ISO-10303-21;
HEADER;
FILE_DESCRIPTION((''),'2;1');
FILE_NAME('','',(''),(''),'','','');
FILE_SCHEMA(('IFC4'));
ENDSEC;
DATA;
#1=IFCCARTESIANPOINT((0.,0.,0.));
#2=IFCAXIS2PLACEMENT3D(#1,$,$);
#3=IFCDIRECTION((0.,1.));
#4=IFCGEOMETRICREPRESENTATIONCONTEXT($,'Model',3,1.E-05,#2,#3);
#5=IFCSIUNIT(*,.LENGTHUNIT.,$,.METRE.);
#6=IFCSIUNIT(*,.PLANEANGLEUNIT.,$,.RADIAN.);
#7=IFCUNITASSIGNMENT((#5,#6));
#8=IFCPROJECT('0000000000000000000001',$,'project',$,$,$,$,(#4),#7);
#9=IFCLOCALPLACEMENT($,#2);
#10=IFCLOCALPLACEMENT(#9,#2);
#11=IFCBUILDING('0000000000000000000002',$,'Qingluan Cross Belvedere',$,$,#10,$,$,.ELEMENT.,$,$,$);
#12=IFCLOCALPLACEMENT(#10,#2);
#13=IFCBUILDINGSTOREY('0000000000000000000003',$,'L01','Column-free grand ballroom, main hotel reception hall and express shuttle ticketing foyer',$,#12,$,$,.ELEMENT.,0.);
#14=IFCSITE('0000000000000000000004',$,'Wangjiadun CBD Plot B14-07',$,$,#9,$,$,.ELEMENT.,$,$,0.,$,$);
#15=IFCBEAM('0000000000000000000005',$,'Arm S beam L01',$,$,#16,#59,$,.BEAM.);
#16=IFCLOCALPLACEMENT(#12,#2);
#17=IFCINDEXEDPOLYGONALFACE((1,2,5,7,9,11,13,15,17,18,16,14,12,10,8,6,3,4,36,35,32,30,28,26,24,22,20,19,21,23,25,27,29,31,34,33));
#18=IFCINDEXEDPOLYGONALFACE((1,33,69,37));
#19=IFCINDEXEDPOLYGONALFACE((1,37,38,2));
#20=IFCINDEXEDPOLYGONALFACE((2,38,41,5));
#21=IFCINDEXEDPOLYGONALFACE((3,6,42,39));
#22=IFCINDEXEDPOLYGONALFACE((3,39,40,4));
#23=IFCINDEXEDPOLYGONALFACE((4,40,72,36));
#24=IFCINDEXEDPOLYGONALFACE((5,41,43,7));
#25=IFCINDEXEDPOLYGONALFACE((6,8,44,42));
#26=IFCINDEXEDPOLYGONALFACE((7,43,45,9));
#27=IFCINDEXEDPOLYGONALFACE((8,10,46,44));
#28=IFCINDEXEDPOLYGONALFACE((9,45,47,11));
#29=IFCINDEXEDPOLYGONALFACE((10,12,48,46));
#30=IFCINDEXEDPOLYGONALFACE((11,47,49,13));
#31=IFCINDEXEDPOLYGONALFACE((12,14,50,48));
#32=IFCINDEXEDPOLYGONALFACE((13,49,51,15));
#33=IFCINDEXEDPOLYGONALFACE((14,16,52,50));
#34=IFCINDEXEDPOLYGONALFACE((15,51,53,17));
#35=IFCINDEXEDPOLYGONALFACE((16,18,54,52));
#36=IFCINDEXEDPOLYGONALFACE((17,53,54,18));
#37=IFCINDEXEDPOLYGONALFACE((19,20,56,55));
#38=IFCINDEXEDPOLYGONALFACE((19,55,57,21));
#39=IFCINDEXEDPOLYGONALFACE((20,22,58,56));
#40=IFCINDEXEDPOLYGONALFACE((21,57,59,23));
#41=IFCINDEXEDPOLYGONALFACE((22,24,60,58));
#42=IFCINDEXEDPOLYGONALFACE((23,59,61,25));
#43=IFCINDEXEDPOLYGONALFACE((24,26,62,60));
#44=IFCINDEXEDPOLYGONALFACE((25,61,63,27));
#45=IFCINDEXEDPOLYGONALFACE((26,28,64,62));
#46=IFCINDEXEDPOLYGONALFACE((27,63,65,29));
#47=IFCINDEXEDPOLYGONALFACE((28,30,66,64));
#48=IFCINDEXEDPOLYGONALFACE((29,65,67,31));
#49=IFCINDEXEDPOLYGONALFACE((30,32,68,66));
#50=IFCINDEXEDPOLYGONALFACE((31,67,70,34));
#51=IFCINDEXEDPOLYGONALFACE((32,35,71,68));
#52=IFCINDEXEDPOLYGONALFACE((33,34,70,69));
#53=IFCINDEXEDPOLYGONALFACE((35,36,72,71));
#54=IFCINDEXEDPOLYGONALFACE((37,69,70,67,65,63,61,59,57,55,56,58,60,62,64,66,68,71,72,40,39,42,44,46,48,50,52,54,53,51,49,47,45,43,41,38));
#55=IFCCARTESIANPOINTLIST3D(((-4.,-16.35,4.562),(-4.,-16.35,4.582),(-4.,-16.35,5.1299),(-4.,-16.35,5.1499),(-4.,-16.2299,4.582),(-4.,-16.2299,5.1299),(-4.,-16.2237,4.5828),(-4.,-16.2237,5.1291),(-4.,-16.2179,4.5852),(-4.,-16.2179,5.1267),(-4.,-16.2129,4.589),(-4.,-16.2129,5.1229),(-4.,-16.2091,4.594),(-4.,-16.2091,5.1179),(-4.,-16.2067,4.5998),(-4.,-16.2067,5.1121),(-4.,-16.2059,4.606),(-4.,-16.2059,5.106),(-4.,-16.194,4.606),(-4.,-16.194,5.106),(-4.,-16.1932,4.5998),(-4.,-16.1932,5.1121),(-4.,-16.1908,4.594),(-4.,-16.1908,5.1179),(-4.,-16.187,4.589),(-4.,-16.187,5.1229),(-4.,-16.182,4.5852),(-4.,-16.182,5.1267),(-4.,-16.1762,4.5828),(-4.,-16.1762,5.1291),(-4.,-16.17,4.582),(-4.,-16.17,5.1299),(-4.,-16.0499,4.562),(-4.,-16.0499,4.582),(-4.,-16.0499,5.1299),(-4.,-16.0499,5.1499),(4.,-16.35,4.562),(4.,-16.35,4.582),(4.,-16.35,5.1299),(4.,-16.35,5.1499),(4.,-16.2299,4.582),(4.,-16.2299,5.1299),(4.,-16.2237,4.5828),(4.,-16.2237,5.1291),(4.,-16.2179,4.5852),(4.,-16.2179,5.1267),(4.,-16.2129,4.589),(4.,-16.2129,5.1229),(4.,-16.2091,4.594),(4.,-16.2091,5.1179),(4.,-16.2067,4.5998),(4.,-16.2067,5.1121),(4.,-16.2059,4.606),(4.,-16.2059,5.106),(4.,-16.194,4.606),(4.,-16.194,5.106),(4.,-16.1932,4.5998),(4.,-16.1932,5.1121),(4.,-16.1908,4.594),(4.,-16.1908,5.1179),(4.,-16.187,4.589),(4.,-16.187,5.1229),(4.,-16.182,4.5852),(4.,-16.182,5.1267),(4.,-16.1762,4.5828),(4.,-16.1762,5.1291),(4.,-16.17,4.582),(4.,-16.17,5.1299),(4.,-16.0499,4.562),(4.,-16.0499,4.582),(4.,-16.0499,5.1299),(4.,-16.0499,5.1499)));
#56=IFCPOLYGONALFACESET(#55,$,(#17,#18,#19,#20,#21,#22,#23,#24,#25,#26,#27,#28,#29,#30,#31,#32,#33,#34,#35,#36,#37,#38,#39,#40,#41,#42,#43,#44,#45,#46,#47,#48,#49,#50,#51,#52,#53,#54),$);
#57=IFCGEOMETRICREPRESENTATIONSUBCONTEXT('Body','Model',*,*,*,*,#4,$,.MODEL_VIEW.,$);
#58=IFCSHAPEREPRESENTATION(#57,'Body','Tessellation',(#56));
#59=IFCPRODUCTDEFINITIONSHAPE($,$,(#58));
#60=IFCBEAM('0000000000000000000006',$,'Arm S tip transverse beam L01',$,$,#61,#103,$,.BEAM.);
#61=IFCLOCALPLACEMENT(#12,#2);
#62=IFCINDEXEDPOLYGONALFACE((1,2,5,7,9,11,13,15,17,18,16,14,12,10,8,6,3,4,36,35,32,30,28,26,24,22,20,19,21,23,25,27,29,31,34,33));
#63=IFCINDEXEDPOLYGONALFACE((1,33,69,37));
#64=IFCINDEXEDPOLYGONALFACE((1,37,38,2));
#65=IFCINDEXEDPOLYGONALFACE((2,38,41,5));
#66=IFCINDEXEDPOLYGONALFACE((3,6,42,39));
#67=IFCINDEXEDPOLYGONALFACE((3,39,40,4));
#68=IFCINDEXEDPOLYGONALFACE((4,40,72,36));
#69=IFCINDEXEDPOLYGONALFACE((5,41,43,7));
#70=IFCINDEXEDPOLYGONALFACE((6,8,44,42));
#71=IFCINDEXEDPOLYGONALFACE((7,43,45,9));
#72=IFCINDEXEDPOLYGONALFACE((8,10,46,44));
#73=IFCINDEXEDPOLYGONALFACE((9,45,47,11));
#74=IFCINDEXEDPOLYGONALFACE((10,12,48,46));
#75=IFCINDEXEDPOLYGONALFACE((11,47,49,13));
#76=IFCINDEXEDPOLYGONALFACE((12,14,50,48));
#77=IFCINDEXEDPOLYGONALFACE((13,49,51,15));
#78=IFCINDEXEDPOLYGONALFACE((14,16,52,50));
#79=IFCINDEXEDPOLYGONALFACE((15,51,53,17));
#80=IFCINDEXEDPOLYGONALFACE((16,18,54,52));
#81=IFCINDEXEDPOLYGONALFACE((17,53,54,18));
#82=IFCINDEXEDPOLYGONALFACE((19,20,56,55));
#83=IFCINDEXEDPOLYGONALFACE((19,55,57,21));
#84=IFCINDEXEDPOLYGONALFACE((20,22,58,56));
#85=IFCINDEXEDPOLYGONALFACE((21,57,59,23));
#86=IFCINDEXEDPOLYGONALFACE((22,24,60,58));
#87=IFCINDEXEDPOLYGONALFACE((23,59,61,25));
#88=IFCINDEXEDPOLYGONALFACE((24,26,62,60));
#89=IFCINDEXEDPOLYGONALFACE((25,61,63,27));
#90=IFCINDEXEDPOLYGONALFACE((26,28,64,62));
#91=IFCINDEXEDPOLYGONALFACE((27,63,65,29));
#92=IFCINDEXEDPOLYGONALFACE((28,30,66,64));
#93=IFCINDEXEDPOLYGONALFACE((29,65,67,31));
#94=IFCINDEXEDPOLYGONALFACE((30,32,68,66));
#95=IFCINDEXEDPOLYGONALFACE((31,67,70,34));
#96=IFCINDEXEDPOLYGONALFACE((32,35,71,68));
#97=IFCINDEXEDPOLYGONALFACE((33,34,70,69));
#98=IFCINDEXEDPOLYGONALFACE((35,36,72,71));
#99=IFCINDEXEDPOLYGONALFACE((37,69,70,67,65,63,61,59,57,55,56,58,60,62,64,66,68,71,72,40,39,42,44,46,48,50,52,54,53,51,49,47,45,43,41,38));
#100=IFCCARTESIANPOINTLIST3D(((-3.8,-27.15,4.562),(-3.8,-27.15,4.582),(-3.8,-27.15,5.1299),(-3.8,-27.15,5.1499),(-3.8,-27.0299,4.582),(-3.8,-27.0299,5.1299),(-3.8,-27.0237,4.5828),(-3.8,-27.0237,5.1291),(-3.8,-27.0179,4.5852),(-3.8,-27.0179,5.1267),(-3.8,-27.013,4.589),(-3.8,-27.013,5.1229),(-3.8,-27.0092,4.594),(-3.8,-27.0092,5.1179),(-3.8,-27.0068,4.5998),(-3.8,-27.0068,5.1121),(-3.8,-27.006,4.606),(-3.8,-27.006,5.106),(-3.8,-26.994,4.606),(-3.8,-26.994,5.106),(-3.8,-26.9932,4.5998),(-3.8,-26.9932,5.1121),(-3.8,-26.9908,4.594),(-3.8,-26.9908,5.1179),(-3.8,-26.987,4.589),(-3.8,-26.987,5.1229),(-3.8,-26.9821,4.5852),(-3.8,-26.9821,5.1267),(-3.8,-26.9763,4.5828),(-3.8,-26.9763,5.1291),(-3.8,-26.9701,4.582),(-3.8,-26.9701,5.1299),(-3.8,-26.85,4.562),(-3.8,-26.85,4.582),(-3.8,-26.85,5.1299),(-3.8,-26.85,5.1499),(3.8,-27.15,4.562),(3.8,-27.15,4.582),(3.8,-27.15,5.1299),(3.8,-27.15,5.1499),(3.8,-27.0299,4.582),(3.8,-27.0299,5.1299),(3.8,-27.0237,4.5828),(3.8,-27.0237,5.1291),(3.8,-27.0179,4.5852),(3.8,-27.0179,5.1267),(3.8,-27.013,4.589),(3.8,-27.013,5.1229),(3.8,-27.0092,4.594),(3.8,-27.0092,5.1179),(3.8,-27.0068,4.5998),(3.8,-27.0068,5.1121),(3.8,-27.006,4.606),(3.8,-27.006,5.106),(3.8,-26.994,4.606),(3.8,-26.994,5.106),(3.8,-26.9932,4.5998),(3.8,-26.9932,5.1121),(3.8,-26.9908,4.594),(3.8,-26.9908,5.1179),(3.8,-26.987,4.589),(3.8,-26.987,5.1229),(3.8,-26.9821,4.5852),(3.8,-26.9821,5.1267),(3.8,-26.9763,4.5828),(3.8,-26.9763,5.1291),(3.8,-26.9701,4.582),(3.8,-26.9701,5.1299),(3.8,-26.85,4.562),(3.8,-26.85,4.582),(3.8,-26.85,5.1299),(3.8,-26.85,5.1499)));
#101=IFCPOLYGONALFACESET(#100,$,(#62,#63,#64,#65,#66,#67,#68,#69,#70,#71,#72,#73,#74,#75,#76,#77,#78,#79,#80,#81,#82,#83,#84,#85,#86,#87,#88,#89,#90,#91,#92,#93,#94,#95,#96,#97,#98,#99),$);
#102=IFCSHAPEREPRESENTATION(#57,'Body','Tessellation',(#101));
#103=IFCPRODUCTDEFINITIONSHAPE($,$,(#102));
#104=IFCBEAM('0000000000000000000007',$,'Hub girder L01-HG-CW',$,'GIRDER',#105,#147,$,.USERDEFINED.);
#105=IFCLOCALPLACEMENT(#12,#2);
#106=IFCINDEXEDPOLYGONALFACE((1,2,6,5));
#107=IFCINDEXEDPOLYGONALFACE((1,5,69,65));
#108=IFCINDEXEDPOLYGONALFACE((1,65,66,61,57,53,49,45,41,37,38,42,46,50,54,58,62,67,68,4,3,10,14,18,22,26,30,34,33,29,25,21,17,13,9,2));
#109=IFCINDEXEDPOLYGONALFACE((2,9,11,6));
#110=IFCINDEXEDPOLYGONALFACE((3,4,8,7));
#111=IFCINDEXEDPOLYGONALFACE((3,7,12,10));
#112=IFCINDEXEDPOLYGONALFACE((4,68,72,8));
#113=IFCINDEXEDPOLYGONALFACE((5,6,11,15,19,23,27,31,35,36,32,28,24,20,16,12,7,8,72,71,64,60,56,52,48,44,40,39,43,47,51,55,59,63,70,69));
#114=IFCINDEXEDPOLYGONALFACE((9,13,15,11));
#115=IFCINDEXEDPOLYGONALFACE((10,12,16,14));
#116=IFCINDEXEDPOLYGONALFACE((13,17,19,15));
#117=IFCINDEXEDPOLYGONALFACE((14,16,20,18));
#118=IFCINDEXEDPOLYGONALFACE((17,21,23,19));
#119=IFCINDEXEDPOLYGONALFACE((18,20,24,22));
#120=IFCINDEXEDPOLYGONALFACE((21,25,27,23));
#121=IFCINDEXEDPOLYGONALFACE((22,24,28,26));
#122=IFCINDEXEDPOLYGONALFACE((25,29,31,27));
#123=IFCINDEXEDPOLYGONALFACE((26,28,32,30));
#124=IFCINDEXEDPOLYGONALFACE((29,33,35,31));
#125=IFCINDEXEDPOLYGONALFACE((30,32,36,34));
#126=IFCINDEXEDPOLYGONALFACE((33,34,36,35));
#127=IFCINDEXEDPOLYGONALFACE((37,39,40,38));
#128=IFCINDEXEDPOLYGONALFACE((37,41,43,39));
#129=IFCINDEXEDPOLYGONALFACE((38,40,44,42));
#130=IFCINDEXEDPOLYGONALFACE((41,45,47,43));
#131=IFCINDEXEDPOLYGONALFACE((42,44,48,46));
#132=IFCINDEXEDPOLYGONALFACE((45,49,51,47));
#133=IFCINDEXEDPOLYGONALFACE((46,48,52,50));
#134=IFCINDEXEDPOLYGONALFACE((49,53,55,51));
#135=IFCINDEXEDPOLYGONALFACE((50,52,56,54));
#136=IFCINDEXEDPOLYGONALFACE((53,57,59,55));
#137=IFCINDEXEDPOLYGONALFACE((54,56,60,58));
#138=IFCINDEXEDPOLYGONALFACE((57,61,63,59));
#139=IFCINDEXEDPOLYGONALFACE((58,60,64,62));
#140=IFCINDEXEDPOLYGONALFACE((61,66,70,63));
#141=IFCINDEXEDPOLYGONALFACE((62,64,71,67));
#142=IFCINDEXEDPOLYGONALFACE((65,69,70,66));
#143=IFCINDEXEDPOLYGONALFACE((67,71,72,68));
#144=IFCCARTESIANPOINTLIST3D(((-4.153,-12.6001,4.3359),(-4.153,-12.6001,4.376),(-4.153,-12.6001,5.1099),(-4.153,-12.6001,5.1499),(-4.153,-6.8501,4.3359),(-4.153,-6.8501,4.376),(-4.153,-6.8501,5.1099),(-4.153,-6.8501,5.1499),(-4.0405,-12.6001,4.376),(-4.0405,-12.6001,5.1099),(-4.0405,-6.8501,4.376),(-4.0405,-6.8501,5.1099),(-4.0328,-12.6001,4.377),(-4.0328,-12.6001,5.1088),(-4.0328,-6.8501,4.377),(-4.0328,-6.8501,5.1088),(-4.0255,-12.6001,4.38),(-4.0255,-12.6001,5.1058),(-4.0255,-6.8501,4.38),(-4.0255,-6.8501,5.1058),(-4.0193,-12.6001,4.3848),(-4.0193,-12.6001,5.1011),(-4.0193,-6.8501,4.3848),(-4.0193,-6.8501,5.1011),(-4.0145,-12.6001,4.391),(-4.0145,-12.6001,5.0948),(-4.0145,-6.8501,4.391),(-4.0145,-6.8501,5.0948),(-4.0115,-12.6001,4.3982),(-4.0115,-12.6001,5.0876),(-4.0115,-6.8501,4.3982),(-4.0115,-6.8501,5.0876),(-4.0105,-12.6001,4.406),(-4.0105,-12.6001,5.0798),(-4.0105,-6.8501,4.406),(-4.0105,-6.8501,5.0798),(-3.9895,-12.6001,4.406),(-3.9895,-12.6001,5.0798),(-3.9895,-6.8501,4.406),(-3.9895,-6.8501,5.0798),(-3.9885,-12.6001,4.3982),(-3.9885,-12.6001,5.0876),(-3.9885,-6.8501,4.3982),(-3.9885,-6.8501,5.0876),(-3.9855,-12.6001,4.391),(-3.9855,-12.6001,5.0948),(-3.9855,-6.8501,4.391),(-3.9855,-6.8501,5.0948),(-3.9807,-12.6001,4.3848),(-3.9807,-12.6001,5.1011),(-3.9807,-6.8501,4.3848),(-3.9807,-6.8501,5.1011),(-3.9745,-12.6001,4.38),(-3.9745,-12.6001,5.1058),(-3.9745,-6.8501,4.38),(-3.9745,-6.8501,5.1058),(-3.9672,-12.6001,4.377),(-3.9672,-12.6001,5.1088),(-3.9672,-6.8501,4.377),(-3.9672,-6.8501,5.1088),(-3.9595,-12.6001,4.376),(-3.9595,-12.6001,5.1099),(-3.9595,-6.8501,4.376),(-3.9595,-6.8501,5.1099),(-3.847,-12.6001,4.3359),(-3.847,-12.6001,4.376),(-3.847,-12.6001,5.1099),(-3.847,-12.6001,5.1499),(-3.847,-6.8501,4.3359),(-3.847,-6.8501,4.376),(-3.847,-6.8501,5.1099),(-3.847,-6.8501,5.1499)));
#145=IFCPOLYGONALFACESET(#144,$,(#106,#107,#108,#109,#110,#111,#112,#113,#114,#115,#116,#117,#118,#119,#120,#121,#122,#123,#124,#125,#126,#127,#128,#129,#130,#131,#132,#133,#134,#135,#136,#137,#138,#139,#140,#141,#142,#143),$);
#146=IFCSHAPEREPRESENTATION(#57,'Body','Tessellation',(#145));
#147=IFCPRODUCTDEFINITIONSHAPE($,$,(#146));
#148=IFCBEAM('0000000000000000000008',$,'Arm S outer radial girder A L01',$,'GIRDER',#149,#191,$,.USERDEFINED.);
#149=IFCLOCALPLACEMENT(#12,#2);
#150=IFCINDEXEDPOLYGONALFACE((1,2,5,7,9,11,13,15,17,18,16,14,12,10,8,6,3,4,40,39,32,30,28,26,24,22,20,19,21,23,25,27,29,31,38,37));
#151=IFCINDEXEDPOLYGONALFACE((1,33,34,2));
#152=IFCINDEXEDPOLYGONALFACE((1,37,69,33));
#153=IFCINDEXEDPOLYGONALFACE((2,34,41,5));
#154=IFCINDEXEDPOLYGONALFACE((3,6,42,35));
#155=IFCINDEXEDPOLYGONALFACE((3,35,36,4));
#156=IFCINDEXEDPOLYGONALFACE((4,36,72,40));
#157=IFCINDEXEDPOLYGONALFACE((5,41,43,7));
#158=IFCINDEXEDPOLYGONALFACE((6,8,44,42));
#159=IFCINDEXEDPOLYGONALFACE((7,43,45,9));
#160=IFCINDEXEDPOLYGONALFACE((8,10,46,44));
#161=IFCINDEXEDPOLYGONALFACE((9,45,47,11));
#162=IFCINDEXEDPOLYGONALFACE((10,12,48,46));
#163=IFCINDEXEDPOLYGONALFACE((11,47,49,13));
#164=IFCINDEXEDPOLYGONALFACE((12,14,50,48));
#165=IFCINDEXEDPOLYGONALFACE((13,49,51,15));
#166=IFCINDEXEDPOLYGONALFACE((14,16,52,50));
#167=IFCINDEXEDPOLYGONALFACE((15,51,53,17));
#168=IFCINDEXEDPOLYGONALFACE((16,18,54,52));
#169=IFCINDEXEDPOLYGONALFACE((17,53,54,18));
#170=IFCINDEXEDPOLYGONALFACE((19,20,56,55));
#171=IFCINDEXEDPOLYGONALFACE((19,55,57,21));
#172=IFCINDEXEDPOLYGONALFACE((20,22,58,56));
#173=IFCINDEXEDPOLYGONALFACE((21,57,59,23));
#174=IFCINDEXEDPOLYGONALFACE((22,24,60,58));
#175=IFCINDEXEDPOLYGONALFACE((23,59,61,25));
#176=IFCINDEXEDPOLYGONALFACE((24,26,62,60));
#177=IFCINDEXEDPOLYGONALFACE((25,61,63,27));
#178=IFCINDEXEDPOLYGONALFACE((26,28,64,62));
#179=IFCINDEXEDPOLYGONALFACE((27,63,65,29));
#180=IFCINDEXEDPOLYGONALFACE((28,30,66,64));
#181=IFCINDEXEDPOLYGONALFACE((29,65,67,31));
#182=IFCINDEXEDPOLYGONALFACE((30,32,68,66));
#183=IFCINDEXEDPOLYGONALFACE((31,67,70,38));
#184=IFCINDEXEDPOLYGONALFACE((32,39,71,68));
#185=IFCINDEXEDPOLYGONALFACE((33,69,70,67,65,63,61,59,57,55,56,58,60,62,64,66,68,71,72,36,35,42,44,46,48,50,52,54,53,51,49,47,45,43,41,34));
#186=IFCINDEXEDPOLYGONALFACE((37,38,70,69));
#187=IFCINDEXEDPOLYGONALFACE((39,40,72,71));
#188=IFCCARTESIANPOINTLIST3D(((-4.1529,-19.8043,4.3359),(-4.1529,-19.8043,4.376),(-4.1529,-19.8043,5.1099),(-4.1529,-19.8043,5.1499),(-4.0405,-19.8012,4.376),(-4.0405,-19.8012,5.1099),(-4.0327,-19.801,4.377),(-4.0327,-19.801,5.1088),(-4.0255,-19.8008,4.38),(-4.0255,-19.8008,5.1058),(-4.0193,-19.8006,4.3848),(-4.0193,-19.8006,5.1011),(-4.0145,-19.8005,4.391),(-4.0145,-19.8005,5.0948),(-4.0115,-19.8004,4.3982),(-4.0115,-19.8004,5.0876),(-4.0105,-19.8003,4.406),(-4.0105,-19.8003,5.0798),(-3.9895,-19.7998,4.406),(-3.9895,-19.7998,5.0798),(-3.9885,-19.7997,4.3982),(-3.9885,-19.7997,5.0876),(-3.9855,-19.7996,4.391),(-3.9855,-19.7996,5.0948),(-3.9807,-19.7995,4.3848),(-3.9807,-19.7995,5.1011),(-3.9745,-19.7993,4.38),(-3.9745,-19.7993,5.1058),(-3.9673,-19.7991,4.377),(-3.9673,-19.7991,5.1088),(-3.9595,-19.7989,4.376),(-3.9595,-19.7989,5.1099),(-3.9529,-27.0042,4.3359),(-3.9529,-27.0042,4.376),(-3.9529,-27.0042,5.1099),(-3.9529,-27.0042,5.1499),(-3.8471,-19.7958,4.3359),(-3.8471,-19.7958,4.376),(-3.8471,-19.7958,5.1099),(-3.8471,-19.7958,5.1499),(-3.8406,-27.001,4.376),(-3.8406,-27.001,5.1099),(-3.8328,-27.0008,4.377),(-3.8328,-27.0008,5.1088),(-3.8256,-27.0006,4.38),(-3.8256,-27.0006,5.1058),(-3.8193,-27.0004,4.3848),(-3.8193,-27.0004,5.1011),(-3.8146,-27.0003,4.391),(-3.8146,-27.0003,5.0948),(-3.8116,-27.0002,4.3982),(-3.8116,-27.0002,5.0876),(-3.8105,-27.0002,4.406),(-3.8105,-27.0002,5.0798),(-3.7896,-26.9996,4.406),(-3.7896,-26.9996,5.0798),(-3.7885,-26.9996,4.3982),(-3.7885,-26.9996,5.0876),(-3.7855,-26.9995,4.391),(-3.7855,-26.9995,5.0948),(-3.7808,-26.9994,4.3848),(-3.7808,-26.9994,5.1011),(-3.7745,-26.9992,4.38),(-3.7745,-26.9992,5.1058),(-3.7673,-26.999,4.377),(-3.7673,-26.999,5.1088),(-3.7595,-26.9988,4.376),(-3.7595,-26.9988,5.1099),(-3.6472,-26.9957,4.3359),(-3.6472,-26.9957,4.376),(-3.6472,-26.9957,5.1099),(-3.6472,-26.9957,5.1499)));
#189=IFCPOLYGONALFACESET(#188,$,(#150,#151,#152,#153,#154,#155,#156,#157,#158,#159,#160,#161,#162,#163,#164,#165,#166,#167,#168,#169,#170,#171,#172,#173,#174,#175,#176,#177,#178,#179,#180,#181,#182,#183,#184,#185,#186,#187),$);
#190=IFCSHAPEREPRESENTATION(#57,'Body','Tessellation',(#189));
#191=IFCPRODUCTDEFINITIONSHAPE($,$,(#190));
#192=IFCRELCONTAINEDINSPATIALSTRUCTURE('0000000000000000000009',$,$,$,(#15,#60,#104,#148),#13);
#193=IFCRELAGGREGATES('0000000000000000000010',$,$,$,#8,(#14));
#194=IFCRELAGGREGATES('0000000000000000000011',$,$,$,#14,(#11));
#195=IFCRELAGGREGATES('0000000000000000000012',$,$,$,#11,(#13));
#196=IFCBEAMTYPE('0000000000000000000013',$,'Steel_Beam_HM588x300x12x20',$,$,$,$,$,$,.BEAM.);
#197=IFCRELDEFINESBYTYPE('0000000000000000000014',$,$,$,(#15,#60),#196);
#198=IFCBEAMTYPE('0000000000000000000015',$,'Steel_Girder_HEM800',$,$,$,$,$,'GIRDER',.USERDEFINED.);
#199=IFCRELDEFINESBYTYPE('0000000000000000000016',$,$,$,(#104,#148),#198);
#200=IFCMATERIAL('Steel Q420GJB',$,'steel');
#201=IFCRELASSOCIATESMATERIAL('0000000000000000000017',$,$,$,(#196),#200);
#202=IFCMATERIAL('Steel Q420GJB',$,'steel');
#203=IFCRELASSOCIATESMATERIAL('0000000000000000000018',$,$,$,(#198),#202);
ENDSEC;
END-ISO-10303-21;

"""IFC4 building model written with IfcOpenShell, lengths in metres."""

from ifc_helpers import new_model, si_unit, direction, frame, origin, origin_2d, place, context, subcontext, project, spatial, i_section, extrude, material, material_profile, profile_set, type_object, element, save


model = new_model("IFC4")

# Units and contexts
model_context = context("Model", 3, precision=1e-05, world=origin(), true_north=direction((0.0, 1.0)))
body_context = subcontext(model_context, "Body", "Model", "MODEL_VIEW")
ifc_project = project(units=[si_unit("LENGTHUNIT", "METRE"), si_unit("PLANEANGLEUNIT", "RADIAN")], contexts=[model_context])

# Site, building, storey
site_placement = place(None, origin())
site = spatial("IfcSite", under=ifc_project, at=site_placement, Name="Wangjiadun CBD Plot B14-07", CompositionType="ELEMENT", RefElevation=0.0)
building_placement = place(site_placement, origin())
building = spatial("IfcBuilding", under=site, at=building_placement, Name="Qingluan Cross Belvedere", CompositionType="ELEMENT")
storey_placement = place(building_placement, origin())
storey = spatial("IfcBuildingStorey", under=building, at=storey_placement, Name="L01", Description="Column-free grand ballroom, main hotel reception hall and express shuttle ticketing foyer", CompositionType="ELEMENT", Elevation=0.0)

# Beams
ifc_material_1 = material(Name="Steel Q420GJB", Category="steel")
ifc_material_profile_1 = material_profile(ifc_material_1, i_section(OverallWidth=0.3, OverallDepth=0.5879, WebThickness=0.012, FlangeThickness=0.02, FilletRadius=0.0239, at=origin_2d()), Name="HM588x300x12x20")
ifc_profile_set_1 = profile_set([ifc_material_profile_1], Name="Steel Q420GJB")
beam_type_1 = type_object("IfcBeamType", Name="Steel_Beam_HM588x300x12x20", PredefinedType="BEAM", material=ifc_profile_set_1)
for number, where, z_axis, x_axis, name in (
    (1, (-4.0, -16.2, 4.856), (1.0, 0.0, 0.0), (0.0, 1.0, 0.0), "Arm S beam L01"),
):
    element("IfcBeam", number, at=place(storey_placement, frame(where, z_axis=z_axis, x_axis=x_axis)), inside=storey, type_object=beam_type_1, Name=name, PredefinedType="BEAM", context=body_context, shape_type="SweptSolid", body=[
        extrude(i_section(OverallWidth=0.3, OverallDepth=0.5879, WebThickness=0.012, FlangeThickness=0.02, FilletRadius=0.0239, at=origin_2d()), origin(), (0.0, 0.0, 1.0), 8.0),
    ])
beam_1_placement = place(storey_placement, frame((-3.8, -27.0, 4.856), z_axis=(1.0, 0.0, 0.0), x_axis=(0.0, 1.0, 0.0)))
element("IfcBeam", 2, at=beam_1_placement, inside=storey, type_object=beam_type_1, Name="Arm S tip transverse beam L01", PredefinedType="BEAM", context=body_context, shape_type="SweptSolid", body=[
    extrude(i_section(OverallWidth=0.3, OverallDepth=0.5879, WebThickness=0.012, FlangeThickness=0.02, FilletRadius=0.0239, at=origin_2d()), origin(), (0.0, 0.0, 1.0), 7.6001),
])
ifc_material_2 = material(Name="Steel Q420GJB", Category="steel")
ifc_material_profile_2 = material_profile(ifc_material_2, i_section(OverallWidth=0.3059, OverallDepth=0.814, WebThickness=0.021, FlangeThickness=0.04, FilletRadius=0.03, at=origin_2d()), Name="HEM800")
ifc_profile_set_2 = profile_set([ifc_material_profile_2], Name="Steel Q420GJB")
beam_type_2 = type_object("IfcBeamType", Name="Steel_Girder_HEM800", ElementType="GIRDER", PredefinedType="USERDEFINED", material=ifc_profile_set_2)
beam_2_placement = place(storey_placement, frame((-4.0, -12.6001, 4.7429), z_axis=(0.0, 1.0, 0.0), x_axis=(-1.0, 0.0, 0.0)))
element("IfcBeam", 3, at=beam_2_placement, inside=storey, type_object=beam_type_2, Name="Hub girder L01-HG-CW", ObjectType="GIRDER", PredefinedType="USERDEFINED", context=body_context, shape_type="SweptSolid", body=[
    extrude(i_section(OverallWidth=0.3059, OverallDepth=0.814, WebThickness=0.021, FlangeThickness=0.04, FilletRadius=0.03, at=origin_2d()), origin(), (0.0, 0.0, 1.0), 5.75),
])
beam_3_placement = place(storey_placement, frame((-4.0, -19.8, 4.7429), z_axis=(0.02776, -0.999615, 0.0), x_axis=(0.999615, 0.02776, 0.0)))
element("IfcBeam", 4, at=beam_3_placement, inside=storey, type_object=beam_type_2, Name="Arm S outer radial girder A L01", ObjectType="GIRDER", PredefinedType="USERDEFINED", context=body_context, shape_type="SweptSolid", body=[
    extrude(i_section(OverallWidth=0.3059, OverallDepth=0.814, WebThickness=0.021, FlangeThickness=0.04, FilletRadius=0.03, at=origin_2d()), origin(), (0.0, 0.0, 1.0), 7.2026),
])

save(model, "model.ifc")
